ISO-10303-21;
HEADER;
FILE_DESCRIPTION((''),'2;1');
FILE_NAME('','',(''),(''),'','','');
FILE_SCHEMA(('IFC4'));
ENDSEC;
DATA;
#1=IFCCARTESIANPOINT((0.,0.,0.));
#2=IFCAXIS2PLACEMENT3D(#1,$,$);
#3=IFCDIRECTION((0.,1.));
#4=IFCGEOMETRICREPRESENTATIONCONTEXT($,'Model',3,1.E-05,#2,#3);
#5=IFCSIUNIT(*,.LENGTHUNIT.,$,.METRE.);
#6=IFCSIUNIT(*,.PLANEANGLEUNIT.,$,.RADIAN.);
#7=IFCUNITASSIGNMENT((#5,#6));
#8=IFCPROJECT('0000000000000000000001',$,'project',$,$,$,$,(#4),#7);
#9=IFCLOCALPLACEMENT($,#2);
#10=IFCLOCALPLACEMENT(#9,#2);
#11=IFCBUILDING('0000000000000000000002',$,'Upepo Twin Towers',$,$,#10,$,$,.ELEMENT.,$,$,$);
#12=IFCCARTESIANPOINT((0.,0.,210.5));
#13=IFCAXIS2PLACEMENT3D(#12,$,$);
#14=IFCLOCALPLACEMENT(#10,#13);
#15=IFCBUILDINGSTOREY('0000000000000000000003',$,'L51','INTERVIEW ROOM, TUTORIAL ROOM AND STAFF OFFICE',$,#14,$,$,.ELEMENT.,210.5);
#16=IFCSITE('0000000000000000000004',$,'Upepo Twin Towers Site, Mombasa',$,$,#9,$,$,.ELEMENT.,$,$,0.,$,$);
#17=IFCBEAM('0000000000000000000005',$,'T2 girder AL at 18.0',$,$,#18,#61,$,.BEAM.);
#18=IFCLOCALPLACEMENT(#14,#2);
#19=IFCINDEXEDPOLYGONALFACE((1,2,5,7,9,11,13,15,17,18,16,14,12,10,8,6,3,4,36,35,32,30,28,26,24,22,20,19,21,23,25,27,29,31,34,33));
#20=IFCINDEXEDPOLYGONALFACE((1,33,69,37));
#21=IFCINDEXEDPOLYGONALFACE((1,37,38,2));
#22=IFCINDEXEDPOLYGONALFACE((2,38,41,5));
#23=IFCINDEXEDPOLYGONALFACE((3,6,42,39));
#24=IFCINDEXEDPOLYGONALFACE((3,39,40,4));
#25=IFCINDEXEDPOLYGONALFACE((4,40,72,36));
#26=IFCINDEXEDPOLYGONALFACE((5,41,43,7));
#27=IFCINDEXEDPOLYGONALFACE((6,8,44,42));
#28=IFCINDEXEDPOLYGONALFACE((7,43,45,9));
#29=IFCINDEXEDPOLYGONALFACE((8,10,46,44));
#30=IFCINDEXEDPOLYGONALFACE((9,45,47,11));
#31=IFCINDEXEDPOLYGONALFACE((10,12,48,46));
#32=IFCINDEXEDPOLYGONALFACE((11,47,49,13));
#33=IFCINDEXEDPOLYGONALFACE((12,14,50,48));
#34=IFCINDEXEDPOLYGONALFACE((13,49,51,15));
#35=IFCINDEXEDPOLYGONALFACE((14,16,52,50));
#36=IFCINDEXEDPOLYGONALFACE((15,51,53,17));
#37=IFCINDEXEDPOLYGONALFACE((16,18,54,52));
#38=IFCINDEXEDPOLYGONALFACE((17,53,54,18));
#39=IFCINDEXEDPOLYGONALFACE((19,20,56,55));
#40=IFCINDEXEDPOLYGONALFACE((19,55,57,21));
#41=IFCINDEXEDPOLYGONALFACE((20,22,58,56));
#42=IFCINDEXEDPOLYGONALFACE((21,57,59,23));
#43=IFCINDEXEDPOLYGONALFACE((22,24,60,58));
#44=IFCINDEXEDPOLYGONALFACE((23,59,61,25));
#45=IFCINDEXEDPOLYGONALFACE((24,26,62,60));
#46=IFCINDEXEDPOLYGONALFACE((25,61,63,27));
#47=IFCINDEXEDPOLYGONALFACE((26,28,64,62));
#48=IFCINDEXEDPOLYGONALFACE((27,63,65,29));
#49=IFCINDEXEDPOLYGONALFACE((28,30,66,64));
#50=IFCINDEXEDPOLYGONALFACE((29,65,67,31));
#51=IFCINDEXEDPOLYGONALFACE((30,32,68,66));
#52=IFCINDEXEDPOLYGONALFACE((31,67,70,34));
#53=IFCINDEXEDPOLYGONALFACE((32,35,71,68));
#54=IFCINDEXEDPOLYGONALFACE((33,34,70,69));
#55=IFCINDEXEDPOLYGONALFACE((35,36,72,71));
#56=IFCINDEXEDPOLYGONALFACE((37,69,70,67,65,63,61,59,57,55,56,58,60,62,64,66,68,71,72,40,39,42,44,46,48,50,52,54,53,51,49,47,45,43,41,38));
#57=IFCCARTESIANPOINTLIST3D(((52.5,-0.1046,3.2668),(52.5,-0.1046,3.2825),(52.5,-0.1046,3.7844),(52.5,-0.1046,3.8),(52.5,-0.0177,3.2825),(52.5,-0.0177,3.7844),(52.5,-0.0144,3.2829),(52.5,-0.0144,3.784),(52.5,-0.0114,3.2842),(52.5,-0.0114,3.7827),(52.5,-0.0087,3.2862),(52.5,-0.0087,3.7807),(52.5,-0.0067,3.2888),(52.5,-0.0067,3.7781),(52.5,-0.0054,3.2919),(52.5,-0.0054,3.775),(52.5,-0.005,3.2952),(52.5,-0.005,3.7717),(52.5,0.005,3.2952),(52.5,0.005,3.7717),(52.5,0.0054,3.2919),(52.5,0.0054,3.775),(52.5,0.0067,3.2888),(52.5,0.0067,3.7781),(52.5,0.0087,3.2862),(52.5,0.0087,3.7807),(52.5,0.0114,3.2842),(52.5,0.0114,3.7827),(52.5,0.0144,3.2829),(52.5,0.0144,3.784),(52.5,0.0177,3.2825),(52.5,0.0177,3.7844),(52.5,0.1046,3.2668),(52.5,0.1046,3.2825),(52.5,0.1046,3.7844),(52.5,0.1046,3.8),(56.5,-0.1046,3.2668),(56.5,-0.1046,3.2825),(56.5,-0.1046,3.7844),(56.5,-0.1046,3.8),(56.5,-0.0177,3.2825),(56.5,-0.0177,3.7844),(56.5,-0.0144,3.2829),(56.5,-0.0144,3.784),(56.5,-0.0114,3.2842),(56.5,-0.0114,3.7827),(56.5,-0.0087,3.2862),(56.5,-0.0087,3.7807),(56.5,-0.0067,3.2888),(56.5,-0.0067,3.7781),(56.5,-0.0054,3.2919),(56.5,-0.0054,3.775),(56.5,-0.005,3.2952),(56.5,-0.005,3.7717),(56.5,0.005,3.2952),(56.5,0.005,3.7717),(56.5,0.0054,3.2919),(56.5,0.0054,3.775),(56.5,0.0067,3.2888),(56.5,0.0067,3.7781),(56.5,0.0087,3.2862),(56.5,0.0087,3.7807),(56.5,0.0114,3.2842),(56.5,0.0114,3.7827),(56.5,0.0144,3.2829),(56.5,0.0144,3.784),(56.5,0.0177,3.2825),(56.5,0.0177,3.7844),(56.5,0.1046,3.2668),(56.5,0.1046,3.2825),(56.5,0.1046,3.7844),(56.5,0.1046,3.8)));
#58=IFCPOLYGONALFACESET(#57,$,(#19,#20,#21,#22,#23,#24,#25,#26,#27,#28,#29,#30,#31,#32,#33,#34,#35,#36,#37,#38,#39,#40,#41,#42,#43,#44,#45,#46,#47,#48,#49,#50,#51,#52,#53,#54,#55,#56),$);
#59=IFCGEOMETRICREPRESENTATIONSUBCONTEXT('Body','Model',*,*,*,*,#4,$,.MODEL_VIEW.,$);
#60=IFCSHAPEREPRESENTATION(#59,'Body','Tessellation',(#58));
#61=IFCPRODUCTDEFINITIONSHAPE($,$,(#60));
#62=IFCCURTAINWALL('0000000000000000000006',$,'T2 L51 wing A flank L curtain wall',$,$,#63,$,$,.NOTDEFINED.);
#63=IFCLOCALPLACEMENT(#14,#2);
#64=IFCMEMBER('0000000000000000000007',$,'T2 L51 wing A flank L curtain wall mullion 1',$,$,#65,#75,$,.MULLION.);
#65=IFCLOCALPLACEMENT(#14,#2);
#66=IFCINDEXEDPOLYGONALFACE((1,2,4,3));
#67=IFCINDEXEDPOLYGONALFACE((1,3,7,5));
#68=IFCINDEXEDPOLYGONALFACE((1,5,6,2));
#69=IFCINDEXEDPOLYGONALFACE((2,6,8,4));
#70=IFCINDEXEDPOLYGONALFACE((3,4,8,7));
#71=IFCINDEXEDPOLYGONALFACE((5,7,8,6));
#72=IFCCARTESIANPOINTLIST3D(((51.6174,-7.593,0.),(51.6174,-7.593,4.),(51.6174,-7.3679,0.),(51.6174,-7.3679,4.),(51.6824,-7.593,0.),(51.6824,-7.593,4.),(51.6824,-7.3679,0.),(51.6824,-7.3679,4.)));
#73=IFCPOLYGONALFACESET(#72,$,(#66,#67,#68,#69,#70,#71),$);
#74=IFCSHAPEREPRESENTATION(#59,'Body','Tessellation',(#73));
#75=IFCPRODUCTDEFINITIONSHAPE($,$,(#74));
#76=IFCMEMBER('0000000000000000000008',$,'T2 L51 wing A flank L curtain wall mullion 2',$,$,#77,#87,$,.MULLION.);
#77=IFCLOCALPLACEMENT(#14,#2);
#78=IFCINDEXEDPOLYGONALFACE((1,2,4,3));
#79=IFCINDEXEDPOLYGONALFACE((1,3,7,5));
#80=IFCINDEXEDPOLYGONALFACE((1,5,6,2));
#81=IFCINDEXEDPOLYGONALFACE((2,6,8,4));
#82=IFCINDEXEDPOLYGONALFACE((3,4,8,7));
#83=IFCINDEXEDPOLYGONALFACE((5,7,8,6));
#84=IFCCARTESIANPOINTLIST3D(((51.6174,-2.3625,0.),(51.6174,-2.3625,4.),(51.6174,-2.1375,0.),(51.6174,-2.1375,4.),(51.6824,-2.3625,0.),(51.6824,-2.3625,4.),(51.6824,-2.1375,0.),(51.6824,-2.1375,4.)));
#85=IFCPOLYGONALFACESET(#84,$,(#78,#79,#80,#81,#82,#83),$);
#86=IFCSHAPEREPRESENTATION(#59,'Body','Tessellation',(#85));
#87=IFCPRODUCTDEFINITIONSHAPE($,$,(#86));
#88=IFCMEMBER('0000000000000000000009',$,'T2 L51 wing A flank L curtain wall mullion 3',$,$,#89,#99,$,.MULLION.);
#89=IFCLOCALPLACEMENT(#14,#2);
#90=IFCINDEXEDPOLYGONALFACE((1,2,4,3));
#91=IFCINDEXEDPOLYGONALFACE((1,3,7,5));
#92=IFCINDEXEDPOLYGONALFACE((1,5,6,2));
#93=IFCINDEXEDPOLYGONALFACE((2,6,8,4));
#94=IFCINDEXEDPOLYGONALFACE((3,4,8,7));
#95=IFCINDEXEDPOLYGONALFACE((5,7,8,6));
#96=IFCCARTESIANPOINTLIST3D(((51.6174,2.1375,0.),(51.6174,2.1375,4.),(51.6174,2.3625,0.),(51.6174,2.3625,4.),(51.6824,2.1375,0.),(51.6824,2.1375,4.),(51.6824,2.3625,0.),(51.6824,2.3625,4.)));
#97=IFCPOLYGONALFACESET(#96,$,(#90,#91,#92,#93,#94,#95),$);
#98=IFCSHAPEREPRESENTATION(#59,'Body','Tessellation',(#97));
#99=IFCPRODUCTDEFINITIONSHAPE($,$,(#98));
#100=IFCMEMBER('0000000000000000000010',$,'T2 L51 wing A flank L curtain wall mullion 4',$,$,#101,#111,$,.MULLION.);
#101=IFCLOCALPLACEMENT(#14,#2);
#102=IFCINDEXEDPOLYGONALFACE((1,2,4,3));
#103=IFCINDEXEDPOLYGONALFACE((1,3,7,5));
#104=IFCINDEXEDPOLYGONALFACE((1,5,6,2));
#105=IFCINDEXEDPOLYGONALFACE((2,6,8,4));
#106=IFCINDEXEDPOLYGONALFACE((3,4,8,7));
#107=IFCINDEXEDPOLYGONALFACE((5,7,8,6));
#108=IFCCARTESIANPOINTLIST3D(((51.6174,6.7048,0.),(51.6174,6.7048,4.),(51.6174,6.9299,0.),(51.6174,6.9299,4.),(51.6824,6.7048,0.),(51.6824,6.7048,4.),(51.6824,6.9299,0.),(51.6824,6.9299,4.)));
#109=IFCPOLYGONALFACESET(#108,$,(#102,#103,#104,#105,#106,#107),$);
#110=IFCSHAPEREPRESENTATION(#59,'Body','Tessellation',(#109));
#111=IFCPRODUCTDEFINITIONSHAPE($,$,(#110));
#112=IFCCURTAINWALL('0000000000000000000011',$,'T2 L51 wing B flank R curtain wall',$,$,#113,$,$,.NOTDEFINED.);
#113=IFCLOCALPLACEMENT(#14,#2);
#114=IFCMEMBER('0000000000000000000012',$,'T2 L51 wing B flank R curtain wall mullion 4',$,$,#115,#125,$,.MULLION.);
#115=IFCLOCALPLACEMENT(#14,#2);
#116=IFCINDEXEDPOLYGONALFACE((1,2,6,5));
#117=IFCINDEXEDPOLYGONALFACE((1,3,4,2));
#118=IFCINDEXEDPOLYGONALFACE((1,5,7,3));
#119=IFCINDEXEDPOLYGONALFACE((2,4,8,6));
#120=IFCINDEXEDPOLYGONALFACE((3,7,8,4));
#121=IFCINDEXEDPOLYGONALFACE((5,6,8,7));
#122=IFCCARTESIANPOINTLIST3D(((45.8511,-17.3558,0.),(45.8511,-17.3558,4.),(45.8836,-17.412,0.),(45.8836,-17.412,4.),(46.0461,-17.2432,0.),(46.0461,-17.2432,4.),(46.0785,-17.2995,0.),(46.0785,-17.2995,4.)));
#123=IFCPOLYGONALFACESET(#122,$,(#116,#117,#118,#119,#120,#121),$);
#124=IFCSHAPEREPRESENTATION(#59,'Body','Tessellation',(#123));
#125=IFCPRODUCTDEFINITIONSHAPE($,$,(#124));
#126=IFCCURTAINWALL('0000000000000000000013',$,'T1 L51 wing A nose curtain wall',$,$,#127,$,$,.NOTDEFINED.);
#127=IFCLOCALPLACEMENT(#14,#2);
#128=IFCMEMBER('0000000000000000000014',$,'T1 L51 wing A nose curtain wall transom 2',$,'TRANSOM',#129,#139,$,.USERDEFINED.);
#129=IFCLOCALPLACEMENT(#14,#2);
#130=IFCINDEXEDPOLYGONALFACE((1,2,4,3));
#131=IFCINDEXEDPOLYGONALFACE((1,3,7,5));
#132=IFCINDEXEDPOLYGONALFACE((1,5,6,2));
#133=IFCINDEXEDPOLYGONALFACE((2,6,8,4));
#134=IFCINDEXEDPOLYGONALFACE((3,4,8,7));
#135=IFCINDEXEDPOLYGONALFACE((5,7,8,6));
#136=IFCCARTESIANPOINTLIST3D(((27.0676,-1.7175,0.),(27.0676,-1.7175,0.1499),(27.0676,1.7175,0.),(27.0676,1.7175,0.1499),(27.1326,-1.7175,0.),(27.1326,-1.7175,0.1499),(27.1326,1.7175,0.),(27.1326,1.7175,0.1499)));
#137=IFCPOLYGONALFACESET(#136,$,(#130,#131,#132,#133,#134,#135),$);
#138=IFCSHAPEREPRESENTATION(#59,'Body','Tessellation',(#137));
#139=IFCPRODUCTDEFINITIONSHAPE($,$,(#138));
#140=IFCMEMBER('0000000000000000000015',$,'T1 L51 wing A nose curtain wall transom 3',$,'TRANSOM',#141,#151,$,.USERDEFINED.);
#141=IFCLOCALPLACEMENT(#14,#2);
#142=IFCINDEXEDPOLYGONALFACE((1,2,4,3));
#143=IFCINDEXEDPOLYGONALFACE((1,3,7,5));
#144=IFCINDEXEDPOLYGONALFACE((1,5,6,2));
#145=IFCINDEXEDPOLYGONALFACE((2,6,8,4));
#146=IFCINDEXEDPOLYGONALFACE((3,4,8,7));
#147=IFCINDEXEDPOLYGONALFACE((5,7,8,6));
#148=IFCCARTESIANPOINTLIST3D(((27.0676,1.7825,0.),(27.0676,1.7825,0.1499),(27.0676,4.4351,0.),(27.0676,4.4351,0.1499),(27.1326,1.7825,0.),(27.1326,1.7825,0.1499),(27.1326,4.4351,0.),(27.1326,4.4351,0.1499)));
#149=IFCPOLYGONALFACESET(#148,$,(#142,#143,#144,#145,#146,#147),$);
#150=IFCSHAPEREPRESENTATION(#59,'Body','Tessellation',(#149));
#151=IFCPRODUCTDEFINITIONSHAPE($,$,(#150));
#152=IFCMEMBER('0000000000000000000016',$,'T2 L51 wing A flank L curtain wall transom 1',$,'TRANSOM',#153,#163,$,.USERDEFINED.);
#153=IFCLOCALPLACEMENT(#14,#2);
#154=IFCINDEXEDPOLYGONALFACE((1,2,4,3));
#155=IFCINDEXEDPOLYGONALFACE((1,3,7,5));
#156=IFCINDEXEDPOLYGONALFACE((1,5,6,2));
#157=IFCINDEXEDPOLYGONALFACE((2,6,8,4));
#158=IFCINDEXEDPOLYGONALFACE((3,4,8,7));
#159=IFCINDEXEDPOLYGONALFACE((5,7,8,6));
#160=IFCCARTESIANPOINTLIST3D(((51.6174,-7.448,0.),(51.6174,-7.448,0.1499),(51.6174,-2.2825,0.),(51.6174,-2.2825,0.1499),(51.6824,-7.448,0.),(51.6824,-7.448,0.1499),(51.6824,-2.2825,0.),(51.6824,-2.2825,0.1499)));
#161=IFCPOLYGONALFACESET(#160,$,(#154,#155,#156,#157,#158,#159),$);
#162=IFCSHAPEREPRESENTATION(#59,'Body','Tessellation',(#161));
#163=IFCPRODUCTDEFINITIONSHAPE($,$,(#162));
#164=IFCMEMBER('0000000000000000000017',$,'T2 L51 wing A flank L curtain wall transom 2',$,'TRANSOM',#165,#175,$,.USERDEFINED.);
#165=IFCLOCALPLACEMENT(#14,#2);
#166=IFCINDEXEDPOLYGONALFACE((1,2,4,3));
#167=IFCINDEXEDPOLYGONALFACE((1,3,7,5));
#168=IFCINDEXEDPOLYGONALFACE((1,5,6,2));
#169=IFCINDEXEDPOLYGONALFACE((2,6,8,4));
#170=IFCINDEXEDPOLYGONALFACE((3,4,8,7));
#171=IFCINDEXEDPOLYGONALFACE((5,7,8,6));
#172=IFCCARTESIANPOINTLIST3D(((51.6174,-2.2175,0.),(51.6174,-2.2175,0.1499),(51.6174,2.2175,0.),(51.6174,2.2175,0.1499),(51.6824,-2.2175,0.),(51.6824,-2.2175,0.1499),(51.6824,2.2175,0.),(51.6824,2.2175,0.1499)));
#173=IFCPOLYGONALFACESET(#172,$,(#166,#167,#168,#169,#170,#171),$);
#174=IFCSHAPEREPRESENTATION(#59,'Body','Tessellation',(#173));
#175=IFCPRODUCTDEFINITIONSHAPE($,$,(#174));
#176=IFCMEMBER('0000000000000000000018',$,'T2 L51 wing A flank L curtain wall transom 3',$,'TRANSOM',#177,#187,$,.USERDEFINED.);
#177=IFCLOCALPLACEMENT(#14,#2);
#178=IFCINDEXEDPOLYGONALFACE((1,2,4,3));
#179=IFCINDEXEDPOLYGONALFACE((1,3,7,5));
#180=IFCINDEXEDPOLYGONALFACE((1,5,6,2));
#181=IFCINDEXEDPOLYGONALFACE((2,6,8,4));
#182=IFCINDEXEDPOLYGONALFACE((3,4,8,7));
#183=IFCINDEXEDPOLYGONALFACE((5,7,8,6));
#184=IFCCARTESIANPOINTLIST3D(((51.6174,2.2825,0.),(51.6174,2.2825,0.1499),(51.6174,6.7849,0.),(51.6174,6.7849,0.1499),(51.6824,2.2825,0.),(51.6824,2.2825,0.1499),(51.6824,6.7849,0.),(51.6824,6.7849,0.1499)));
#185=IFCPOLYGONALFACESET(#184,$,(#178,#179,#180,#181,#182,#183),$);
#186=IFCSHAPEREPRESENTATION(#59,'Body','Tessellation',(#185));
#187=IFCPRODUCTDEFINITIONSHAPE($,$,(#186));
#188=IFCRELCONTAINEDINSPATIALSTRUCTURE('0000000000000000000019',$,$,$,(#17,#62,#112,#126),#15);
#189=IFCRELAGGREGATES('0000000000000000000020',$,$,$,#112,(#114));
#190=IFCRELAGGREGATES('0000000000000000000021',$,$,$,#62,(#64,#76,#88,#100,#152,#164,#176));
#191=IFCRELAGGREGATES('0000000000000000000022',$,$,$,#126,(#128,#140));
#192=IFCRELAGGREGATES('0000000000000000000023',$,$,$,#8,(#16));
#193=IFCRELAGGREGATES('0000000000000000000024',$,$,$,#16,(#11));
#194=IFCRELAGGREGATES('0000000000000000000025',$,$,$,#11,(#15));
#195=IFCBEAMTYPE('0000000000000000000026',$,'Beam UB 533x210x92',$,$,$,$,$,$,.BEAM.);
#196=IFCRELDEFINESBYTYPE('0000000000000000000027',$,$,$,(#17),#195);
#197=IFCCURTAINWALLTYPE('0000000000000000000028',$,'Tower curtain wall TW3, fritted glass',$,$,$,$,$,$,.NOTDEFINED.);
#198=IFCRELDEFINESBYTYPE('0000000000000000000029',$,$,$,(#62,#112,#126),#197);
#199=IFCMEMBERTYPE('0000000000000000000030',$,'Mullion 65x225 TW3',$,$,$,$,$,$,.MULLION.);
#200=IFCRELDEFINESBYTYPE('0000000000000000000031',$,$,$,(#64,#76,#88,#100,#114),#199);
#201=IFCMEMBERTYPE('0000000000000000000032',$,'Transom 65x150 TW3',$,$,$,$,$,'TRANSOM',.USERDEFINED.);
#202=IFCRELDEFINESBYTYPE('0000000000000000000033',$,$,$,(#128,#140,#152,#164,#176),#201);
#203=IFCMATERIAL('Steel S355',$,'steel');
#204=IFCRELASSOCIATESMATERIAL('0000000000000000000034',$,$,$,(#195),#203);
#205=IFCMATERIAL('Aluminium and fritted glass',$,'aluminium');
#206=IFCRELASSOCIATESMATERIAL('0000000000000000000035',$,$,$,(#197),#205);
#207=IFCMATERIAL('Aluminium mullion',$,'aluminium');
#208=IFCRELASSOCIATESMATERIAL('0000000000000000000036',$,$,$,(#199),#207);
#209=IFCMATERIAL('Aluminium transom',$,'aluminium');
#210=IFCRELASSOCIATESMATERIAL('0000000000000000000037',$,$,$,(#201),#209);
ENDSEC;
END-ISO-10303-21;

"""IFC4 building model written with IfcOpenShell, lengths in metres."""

from ifc_helpers import new_model, si_unit, direction, frame, origin, origin_2d, place, context, subcontext, project, spatial, rectangle, i_section, extrude, material, material_profile, profile_set, type_object, element, aggregate, save


model = new_model("IFC4")

# Units and contexts
model_context = context("Model", 3, precision=1e-05, world=origin(), true_north=direction((0.0, 1.0)))
body_context = subcontext(model_context, "Body", "Model", "MODEL_VIEW")
ifc_project = project(units=[si_unit("LENGTHUNIT", "METRE"), si_unit("PLANEANGLEUNIT", "RADIAN")], contexts=[model_context])

# Site, building, storey
site_placement = place(None, origin())
site = spatial("IfcSite", under=ifc_project, at=site_placement, Name="Upepo Twin Towers Site, Mombasa", CompositionType="ELEMENT", RefElevation=0.0)
building_placement = place(site_placement, origin())
building = spatial("IfcBuilding", under=site, at=building_placement, Name="Upepo Twin Towers", CompositionType="ELEMENT")
storey_placement = place(building_placement, frame((0.0, 0.0, 210.5)))
storey = spatial("IfcBuildingStorey", under=building, at=storey_placement, Name="L51", Description="INTERVIEW ROOM, TUTORIAL ROOM AND STAFF OFFICE", CompositionType="ELEMENT", Elevation=210.5)

# Beam
ifc_material_1 = material(Name="Steel S355", Category="steel")
ifc_material_profile_1 = material_profile(ifc_material_1, i_section(OverallWidth=0.2092, OverallDepth=0.5332, WebThickness=0.01, FlangeThickness=0.0156, FilletRadius=0.0127, at=origin_2d()), Name="UB 533x210x92")
ifc_profile_set_1 = profile_set([ifc_material_profile_1], Name="Steel S355")
beam_type_1 = type_object("IfcBeamType", Name="Beam UB 533x210x92", PredefinedType="BEAM", material=ifc_profile_set_1)
for number, where, z_axis, x_axis, name in (
    (1, (52.5, 0.0, 3.5334), (1.0, 0.0, 0.0), (0.0, 1.0, 0.0), "T2 girder AL at 18.0"),
):
    element("IfcBeam", number, at=place(storey_placement, frame(where, z_axis=z_axis, x_axis=x_axis)), inside=storey, type_object=beam_type_1, Name=name, PredefinedType="BEAM", context=body_context, shape_type="SweptSolid", body=[
        extrude(i_section(OverallWidth=0.2092, OverallDepth=0.5332, WebThickness=0.01, FlangeThickness=0.0156, FilletRadius=0.0127, at=origin_2d()), origin(), (0.0, 0.0, 1.0), 4.0),
    ])

# Curtain wall, members
ifc_material_2 = material(Name="Aluminium and fritted glass", Category="aluminium")
curtain_wall_type = type_object("IfcCurtainWallType", Name="Tower curtain wall TW3, fritted glass", PredefinedType="NOTDEFINED", material=ifc_material_2)
curtain_wall_1_placement = place(storey_placement, origin())
curtain_wall_1 = element("IfcCurtainWall", 2, at=curtain_wall_1_placement, inside=storey, type_object=curtain_wall_type, Name="T2 L51 wing A flank L curtain wall", PredefinedType="NOTDEFINED")
ifc_material_3 = material(Name="Aluminium mullion", Category="aluminium")
ifc_material_profile_2 = material_profile(ifc_material_3, rectangle(XDim=0.0649, YDim=0.2251, at=origin_2d()), Name="MULLION 65x225")
ifc_profile_set_2 = profile_set([ifc_material_profile_2], Name="Aluminium mullion")
member_type_1 = type_object("IfcMemberType", Name="Mullion 65x225 TW3", PredefinedType="MULLION", material=ifc_profile_set_2)
member_1_placement = place(storey_placement, frame((51.6499, -7.4805, 0.0), z_axis=(0.0, 0.0, 1.0), x_axis=(-1.0, 0.0, 0.0)))
member_1 = element("IfcMember", 3, at=member_1_placement, type_object=member_type_1, Name="T2 L51 wing A flank L curtain wall mullion 1", PredefinedType="MULLION", context=body_context, shape_type="SweptSolid", body=[
    extrude(rectangle(XDim=0.0649, YDim=0.2251, at=origin_2d()), origin(), (0.0, 0.0, 1.0), 4.0),
])
member_2_placement = place(storey_placement, frame((51.6499, -2.25, 0.0), z_axis=(0.0, 0.0, 1.0), x_axis=(-1.0, 0.0, 0.0)))
member_2 = element("IfcMember", 4, at=member_2_placement, type_object=member_type_1, Name="T2 L51 wing A flank L curtain wall mullion 2", PredefinedType="MULLION", context=body_context, shape_type="SweptSolid", body=[
    extrude(rectangle(XDim=0.0649, YDim=0.2251, at=origin_2d()), origin(), (0.0, 0.0, 1.0), 4.0),
])
member_3_placement = place(storey_placement, frame((51.6499, 2.25, 0.0), z_axis=(0.0, 0.0, 1.0), x_axis=(-1.0, 0.0, 0.0)))
member_3 = element("IfcMember", 5, at=member_3_placement, type_object=member_type_1, Name="T2 L51 wing A flank L curtain wall mullion 3", PredefinedType="MULLION", context=body_context, shape_type="SweptSolid", body=[
    extrude(rectangle(XDim=0.0649, YDim=0.2251, at=origin_2d()), origin(), (0.0, 0.0, 1.0), 4.0),
])
member_4_placement = place(storey_placement, frame((51.6499, 6.8174, 0.0), z_axis=(0.0, 0.0, 1.0), x_axis=(-1.0, 0.0, 0.0)))
member_4 = element("IfcMember", 6, at=member_4_placement, type_object=member_type_1, Name="T2 L51 wing A flank L curtain wall mullion 4", PredefinedType="MULLION", context=body_context, shape_type="SweptSolid", body=[
    extrude(rectangle(XDim=0.0649, YDim=0.2251, at=origin_2d()), origin(), (0.0, 0.0, 1.0), 4.0),
])

# Curtain wall, member
curtain_wall_2_placement = place(storey_placement, origin())
curtain_wall_2 = element("IfcCurtainWall", 7, at=curtain_wall_2_placement, inside=storey, type_object=curtain_wall_type, Name="T2 L51 wing B flank R curtain wall", PredefinedType="NOTDEFINED")
member_5_placement = place(storey_placement, frame((45.9648, -17.3276, 0.0), z_axis=(0.0, 0.0, 1.0), x_axis=(-0.5, 0.866025, 0.0)))
member_5 = element("IfcMember", 8, at=member_5_placement, type_object=member_type_1, Name="T2 L51 wing B flank R curtain wall mullion 4", PredefinedType="MULLION", context=body_context, shape_type="SweptSolid", body=[
    extrude(rectangle(XDim=0.0649, YDim=0.2251, at=origin_2d()), origin(), (0.0, 0.0, 1.0), 4.0),
])
aggregate(curtain_wall_2, [member_5])

# Curtain wall, members
curtain_wall_3_placement = place(storey_placement, origin())
curtain_wall_3 = element("IfcCurtainWall", 9, at=curtain_wall_3_placement, inside=storey, type_object=curtain_wall_type, Name="T1 L51 wing A nose curtain wall", PredefinedType="NOTDEFINED")
ifc_material_4 = material(Name="Aluminium transom", Category="aluminium")
ifc_material_profile_3 = material_profile(ifc_material_4, rectangle(XDim=0.0649, YDim=0.1499, at=origin_2d()), Name="TRANSOM 65x150")
ifc_profile_set_3 = profile_set([ifc_material_profile_3], Name="Aluminium transom")
member_type_2 = type_object("IfcMemberType", Name="Transom 65x150 TW3", ElementType="TRANSOM", PredefinedType="USERDEFINED", material=ifc_profile_set_3)
member_6_placement = place(storey_placement, frame((27.1001, -1.7175, 0.075), z_axis=(0.0, 1.0, 0.0), x_axis=(-1.0, 0.0, 0.0)))
member_6 = element("IfcMember", 10, at=member_6_placement, type_object=member_type_2, Name="T1 L51 wing A nose curtain wall transom 2", ObjectType="TRANSOM", PredefinedType="USERDEFINED", context=body_context, shape_type="SweptSolid", body=[
    extrude(rectangle(XDim=0.0649, YDim=0.1499, at=origin_2d()), origin(), (0.0, 0.0, 1.0), 3.4351),
])
member_7_placement = place(storey_placement, frame((27.1001, 1.7825, 0.075), z_axis=(0.0, 1.0, 0.0), x_axis=(-1.0, 0.0, 0.0)))
member_7 = element("IfcMember", 11, at=member_7_placement, type_object=member_type_2, Name="T1 L51 wing A nose curtain wall transom 3", ObjectType="TRANSOM", PredefinedType="USERDEFINED", context=body_context, shape_type="SweptSolid", body=[
    extrude(rectangle(XDim=0.0649, YDim=0.1499, at=origin_2d()), origin(), (0.0, 0.0, 1.0), 2.6526),
])

# Members
member_8_placement = place(storey_placement, frame((51.6499, -7.448, 0.075), z_axis=(0.0, 1.0, 0.0), x_axis=(-1.0, 0.0, 0.0)))
member_8 = element("IfcMember", 12, at=member_8_placement, type_object=member_type_2, Name="T2 L51 wing A flank L curtain wall transom 1", ObjectType="TRANSOM", PredefinedType="USERDEFINED", context=body_context, shape_type="SweptSolid", body=[
    extrude(rectangle(XDim=0.0649, YDim=0.1499, at=origin_2d()), origin(), (0.0, 0.0, 1.0), 5.1655),
])
member_9_placement = place(storey_placement, frame((51.6499, -2.2175, 0.075), z_axis=(0.0, 1.0, 0.0), x_axis=(-1.0, 0.0, 0.0)))
member_9 = element("IfcMember", 13, at=member_9_placement, type_object=member_type_2, Name="T2 L51 wing A flank L curtain wall transom 2", ObjectType="TRANSOM", PredefinedType="USERDEFINED", context=body_context, shape_type="SweptSolid", body=[
    extrude(rectangle(XDim=0.0649, YDim=0.1499, at=origin_2d()), origin(), (0.0, 0.0, 1.0), 4.4351),
])
member_10_placement = place(storey_placement, frame((51.6499, 2.2825, 0.075), z_axis=(0.0, 1.0, 0.0), x_axis=(-1.0, 0.0, 0.0)))
member_10 = element("IfcMember", 14, at=member_10_placement, type_object=member_type_2, Name="T2 L51 wing A flank L curtain wall transom 3", ObjectType="TRANSOM", PredefinedType="USERDEFINED", context=body_context, shape_type="SweptSolid", body=[
    extrude(rectangle(XDim=0.0649, YDim=0.1499, at=origin_2d()), origin(), (0.0, 0.0, 1.0), 4.5024),
])

aggregate(curtain_wall_1, [member_1, member_2, member_3, member_4, member_8, member_9, member_10])
aggregate(curtain_wall_3, [member_6, member_7])

save(model, "model.ifc")
